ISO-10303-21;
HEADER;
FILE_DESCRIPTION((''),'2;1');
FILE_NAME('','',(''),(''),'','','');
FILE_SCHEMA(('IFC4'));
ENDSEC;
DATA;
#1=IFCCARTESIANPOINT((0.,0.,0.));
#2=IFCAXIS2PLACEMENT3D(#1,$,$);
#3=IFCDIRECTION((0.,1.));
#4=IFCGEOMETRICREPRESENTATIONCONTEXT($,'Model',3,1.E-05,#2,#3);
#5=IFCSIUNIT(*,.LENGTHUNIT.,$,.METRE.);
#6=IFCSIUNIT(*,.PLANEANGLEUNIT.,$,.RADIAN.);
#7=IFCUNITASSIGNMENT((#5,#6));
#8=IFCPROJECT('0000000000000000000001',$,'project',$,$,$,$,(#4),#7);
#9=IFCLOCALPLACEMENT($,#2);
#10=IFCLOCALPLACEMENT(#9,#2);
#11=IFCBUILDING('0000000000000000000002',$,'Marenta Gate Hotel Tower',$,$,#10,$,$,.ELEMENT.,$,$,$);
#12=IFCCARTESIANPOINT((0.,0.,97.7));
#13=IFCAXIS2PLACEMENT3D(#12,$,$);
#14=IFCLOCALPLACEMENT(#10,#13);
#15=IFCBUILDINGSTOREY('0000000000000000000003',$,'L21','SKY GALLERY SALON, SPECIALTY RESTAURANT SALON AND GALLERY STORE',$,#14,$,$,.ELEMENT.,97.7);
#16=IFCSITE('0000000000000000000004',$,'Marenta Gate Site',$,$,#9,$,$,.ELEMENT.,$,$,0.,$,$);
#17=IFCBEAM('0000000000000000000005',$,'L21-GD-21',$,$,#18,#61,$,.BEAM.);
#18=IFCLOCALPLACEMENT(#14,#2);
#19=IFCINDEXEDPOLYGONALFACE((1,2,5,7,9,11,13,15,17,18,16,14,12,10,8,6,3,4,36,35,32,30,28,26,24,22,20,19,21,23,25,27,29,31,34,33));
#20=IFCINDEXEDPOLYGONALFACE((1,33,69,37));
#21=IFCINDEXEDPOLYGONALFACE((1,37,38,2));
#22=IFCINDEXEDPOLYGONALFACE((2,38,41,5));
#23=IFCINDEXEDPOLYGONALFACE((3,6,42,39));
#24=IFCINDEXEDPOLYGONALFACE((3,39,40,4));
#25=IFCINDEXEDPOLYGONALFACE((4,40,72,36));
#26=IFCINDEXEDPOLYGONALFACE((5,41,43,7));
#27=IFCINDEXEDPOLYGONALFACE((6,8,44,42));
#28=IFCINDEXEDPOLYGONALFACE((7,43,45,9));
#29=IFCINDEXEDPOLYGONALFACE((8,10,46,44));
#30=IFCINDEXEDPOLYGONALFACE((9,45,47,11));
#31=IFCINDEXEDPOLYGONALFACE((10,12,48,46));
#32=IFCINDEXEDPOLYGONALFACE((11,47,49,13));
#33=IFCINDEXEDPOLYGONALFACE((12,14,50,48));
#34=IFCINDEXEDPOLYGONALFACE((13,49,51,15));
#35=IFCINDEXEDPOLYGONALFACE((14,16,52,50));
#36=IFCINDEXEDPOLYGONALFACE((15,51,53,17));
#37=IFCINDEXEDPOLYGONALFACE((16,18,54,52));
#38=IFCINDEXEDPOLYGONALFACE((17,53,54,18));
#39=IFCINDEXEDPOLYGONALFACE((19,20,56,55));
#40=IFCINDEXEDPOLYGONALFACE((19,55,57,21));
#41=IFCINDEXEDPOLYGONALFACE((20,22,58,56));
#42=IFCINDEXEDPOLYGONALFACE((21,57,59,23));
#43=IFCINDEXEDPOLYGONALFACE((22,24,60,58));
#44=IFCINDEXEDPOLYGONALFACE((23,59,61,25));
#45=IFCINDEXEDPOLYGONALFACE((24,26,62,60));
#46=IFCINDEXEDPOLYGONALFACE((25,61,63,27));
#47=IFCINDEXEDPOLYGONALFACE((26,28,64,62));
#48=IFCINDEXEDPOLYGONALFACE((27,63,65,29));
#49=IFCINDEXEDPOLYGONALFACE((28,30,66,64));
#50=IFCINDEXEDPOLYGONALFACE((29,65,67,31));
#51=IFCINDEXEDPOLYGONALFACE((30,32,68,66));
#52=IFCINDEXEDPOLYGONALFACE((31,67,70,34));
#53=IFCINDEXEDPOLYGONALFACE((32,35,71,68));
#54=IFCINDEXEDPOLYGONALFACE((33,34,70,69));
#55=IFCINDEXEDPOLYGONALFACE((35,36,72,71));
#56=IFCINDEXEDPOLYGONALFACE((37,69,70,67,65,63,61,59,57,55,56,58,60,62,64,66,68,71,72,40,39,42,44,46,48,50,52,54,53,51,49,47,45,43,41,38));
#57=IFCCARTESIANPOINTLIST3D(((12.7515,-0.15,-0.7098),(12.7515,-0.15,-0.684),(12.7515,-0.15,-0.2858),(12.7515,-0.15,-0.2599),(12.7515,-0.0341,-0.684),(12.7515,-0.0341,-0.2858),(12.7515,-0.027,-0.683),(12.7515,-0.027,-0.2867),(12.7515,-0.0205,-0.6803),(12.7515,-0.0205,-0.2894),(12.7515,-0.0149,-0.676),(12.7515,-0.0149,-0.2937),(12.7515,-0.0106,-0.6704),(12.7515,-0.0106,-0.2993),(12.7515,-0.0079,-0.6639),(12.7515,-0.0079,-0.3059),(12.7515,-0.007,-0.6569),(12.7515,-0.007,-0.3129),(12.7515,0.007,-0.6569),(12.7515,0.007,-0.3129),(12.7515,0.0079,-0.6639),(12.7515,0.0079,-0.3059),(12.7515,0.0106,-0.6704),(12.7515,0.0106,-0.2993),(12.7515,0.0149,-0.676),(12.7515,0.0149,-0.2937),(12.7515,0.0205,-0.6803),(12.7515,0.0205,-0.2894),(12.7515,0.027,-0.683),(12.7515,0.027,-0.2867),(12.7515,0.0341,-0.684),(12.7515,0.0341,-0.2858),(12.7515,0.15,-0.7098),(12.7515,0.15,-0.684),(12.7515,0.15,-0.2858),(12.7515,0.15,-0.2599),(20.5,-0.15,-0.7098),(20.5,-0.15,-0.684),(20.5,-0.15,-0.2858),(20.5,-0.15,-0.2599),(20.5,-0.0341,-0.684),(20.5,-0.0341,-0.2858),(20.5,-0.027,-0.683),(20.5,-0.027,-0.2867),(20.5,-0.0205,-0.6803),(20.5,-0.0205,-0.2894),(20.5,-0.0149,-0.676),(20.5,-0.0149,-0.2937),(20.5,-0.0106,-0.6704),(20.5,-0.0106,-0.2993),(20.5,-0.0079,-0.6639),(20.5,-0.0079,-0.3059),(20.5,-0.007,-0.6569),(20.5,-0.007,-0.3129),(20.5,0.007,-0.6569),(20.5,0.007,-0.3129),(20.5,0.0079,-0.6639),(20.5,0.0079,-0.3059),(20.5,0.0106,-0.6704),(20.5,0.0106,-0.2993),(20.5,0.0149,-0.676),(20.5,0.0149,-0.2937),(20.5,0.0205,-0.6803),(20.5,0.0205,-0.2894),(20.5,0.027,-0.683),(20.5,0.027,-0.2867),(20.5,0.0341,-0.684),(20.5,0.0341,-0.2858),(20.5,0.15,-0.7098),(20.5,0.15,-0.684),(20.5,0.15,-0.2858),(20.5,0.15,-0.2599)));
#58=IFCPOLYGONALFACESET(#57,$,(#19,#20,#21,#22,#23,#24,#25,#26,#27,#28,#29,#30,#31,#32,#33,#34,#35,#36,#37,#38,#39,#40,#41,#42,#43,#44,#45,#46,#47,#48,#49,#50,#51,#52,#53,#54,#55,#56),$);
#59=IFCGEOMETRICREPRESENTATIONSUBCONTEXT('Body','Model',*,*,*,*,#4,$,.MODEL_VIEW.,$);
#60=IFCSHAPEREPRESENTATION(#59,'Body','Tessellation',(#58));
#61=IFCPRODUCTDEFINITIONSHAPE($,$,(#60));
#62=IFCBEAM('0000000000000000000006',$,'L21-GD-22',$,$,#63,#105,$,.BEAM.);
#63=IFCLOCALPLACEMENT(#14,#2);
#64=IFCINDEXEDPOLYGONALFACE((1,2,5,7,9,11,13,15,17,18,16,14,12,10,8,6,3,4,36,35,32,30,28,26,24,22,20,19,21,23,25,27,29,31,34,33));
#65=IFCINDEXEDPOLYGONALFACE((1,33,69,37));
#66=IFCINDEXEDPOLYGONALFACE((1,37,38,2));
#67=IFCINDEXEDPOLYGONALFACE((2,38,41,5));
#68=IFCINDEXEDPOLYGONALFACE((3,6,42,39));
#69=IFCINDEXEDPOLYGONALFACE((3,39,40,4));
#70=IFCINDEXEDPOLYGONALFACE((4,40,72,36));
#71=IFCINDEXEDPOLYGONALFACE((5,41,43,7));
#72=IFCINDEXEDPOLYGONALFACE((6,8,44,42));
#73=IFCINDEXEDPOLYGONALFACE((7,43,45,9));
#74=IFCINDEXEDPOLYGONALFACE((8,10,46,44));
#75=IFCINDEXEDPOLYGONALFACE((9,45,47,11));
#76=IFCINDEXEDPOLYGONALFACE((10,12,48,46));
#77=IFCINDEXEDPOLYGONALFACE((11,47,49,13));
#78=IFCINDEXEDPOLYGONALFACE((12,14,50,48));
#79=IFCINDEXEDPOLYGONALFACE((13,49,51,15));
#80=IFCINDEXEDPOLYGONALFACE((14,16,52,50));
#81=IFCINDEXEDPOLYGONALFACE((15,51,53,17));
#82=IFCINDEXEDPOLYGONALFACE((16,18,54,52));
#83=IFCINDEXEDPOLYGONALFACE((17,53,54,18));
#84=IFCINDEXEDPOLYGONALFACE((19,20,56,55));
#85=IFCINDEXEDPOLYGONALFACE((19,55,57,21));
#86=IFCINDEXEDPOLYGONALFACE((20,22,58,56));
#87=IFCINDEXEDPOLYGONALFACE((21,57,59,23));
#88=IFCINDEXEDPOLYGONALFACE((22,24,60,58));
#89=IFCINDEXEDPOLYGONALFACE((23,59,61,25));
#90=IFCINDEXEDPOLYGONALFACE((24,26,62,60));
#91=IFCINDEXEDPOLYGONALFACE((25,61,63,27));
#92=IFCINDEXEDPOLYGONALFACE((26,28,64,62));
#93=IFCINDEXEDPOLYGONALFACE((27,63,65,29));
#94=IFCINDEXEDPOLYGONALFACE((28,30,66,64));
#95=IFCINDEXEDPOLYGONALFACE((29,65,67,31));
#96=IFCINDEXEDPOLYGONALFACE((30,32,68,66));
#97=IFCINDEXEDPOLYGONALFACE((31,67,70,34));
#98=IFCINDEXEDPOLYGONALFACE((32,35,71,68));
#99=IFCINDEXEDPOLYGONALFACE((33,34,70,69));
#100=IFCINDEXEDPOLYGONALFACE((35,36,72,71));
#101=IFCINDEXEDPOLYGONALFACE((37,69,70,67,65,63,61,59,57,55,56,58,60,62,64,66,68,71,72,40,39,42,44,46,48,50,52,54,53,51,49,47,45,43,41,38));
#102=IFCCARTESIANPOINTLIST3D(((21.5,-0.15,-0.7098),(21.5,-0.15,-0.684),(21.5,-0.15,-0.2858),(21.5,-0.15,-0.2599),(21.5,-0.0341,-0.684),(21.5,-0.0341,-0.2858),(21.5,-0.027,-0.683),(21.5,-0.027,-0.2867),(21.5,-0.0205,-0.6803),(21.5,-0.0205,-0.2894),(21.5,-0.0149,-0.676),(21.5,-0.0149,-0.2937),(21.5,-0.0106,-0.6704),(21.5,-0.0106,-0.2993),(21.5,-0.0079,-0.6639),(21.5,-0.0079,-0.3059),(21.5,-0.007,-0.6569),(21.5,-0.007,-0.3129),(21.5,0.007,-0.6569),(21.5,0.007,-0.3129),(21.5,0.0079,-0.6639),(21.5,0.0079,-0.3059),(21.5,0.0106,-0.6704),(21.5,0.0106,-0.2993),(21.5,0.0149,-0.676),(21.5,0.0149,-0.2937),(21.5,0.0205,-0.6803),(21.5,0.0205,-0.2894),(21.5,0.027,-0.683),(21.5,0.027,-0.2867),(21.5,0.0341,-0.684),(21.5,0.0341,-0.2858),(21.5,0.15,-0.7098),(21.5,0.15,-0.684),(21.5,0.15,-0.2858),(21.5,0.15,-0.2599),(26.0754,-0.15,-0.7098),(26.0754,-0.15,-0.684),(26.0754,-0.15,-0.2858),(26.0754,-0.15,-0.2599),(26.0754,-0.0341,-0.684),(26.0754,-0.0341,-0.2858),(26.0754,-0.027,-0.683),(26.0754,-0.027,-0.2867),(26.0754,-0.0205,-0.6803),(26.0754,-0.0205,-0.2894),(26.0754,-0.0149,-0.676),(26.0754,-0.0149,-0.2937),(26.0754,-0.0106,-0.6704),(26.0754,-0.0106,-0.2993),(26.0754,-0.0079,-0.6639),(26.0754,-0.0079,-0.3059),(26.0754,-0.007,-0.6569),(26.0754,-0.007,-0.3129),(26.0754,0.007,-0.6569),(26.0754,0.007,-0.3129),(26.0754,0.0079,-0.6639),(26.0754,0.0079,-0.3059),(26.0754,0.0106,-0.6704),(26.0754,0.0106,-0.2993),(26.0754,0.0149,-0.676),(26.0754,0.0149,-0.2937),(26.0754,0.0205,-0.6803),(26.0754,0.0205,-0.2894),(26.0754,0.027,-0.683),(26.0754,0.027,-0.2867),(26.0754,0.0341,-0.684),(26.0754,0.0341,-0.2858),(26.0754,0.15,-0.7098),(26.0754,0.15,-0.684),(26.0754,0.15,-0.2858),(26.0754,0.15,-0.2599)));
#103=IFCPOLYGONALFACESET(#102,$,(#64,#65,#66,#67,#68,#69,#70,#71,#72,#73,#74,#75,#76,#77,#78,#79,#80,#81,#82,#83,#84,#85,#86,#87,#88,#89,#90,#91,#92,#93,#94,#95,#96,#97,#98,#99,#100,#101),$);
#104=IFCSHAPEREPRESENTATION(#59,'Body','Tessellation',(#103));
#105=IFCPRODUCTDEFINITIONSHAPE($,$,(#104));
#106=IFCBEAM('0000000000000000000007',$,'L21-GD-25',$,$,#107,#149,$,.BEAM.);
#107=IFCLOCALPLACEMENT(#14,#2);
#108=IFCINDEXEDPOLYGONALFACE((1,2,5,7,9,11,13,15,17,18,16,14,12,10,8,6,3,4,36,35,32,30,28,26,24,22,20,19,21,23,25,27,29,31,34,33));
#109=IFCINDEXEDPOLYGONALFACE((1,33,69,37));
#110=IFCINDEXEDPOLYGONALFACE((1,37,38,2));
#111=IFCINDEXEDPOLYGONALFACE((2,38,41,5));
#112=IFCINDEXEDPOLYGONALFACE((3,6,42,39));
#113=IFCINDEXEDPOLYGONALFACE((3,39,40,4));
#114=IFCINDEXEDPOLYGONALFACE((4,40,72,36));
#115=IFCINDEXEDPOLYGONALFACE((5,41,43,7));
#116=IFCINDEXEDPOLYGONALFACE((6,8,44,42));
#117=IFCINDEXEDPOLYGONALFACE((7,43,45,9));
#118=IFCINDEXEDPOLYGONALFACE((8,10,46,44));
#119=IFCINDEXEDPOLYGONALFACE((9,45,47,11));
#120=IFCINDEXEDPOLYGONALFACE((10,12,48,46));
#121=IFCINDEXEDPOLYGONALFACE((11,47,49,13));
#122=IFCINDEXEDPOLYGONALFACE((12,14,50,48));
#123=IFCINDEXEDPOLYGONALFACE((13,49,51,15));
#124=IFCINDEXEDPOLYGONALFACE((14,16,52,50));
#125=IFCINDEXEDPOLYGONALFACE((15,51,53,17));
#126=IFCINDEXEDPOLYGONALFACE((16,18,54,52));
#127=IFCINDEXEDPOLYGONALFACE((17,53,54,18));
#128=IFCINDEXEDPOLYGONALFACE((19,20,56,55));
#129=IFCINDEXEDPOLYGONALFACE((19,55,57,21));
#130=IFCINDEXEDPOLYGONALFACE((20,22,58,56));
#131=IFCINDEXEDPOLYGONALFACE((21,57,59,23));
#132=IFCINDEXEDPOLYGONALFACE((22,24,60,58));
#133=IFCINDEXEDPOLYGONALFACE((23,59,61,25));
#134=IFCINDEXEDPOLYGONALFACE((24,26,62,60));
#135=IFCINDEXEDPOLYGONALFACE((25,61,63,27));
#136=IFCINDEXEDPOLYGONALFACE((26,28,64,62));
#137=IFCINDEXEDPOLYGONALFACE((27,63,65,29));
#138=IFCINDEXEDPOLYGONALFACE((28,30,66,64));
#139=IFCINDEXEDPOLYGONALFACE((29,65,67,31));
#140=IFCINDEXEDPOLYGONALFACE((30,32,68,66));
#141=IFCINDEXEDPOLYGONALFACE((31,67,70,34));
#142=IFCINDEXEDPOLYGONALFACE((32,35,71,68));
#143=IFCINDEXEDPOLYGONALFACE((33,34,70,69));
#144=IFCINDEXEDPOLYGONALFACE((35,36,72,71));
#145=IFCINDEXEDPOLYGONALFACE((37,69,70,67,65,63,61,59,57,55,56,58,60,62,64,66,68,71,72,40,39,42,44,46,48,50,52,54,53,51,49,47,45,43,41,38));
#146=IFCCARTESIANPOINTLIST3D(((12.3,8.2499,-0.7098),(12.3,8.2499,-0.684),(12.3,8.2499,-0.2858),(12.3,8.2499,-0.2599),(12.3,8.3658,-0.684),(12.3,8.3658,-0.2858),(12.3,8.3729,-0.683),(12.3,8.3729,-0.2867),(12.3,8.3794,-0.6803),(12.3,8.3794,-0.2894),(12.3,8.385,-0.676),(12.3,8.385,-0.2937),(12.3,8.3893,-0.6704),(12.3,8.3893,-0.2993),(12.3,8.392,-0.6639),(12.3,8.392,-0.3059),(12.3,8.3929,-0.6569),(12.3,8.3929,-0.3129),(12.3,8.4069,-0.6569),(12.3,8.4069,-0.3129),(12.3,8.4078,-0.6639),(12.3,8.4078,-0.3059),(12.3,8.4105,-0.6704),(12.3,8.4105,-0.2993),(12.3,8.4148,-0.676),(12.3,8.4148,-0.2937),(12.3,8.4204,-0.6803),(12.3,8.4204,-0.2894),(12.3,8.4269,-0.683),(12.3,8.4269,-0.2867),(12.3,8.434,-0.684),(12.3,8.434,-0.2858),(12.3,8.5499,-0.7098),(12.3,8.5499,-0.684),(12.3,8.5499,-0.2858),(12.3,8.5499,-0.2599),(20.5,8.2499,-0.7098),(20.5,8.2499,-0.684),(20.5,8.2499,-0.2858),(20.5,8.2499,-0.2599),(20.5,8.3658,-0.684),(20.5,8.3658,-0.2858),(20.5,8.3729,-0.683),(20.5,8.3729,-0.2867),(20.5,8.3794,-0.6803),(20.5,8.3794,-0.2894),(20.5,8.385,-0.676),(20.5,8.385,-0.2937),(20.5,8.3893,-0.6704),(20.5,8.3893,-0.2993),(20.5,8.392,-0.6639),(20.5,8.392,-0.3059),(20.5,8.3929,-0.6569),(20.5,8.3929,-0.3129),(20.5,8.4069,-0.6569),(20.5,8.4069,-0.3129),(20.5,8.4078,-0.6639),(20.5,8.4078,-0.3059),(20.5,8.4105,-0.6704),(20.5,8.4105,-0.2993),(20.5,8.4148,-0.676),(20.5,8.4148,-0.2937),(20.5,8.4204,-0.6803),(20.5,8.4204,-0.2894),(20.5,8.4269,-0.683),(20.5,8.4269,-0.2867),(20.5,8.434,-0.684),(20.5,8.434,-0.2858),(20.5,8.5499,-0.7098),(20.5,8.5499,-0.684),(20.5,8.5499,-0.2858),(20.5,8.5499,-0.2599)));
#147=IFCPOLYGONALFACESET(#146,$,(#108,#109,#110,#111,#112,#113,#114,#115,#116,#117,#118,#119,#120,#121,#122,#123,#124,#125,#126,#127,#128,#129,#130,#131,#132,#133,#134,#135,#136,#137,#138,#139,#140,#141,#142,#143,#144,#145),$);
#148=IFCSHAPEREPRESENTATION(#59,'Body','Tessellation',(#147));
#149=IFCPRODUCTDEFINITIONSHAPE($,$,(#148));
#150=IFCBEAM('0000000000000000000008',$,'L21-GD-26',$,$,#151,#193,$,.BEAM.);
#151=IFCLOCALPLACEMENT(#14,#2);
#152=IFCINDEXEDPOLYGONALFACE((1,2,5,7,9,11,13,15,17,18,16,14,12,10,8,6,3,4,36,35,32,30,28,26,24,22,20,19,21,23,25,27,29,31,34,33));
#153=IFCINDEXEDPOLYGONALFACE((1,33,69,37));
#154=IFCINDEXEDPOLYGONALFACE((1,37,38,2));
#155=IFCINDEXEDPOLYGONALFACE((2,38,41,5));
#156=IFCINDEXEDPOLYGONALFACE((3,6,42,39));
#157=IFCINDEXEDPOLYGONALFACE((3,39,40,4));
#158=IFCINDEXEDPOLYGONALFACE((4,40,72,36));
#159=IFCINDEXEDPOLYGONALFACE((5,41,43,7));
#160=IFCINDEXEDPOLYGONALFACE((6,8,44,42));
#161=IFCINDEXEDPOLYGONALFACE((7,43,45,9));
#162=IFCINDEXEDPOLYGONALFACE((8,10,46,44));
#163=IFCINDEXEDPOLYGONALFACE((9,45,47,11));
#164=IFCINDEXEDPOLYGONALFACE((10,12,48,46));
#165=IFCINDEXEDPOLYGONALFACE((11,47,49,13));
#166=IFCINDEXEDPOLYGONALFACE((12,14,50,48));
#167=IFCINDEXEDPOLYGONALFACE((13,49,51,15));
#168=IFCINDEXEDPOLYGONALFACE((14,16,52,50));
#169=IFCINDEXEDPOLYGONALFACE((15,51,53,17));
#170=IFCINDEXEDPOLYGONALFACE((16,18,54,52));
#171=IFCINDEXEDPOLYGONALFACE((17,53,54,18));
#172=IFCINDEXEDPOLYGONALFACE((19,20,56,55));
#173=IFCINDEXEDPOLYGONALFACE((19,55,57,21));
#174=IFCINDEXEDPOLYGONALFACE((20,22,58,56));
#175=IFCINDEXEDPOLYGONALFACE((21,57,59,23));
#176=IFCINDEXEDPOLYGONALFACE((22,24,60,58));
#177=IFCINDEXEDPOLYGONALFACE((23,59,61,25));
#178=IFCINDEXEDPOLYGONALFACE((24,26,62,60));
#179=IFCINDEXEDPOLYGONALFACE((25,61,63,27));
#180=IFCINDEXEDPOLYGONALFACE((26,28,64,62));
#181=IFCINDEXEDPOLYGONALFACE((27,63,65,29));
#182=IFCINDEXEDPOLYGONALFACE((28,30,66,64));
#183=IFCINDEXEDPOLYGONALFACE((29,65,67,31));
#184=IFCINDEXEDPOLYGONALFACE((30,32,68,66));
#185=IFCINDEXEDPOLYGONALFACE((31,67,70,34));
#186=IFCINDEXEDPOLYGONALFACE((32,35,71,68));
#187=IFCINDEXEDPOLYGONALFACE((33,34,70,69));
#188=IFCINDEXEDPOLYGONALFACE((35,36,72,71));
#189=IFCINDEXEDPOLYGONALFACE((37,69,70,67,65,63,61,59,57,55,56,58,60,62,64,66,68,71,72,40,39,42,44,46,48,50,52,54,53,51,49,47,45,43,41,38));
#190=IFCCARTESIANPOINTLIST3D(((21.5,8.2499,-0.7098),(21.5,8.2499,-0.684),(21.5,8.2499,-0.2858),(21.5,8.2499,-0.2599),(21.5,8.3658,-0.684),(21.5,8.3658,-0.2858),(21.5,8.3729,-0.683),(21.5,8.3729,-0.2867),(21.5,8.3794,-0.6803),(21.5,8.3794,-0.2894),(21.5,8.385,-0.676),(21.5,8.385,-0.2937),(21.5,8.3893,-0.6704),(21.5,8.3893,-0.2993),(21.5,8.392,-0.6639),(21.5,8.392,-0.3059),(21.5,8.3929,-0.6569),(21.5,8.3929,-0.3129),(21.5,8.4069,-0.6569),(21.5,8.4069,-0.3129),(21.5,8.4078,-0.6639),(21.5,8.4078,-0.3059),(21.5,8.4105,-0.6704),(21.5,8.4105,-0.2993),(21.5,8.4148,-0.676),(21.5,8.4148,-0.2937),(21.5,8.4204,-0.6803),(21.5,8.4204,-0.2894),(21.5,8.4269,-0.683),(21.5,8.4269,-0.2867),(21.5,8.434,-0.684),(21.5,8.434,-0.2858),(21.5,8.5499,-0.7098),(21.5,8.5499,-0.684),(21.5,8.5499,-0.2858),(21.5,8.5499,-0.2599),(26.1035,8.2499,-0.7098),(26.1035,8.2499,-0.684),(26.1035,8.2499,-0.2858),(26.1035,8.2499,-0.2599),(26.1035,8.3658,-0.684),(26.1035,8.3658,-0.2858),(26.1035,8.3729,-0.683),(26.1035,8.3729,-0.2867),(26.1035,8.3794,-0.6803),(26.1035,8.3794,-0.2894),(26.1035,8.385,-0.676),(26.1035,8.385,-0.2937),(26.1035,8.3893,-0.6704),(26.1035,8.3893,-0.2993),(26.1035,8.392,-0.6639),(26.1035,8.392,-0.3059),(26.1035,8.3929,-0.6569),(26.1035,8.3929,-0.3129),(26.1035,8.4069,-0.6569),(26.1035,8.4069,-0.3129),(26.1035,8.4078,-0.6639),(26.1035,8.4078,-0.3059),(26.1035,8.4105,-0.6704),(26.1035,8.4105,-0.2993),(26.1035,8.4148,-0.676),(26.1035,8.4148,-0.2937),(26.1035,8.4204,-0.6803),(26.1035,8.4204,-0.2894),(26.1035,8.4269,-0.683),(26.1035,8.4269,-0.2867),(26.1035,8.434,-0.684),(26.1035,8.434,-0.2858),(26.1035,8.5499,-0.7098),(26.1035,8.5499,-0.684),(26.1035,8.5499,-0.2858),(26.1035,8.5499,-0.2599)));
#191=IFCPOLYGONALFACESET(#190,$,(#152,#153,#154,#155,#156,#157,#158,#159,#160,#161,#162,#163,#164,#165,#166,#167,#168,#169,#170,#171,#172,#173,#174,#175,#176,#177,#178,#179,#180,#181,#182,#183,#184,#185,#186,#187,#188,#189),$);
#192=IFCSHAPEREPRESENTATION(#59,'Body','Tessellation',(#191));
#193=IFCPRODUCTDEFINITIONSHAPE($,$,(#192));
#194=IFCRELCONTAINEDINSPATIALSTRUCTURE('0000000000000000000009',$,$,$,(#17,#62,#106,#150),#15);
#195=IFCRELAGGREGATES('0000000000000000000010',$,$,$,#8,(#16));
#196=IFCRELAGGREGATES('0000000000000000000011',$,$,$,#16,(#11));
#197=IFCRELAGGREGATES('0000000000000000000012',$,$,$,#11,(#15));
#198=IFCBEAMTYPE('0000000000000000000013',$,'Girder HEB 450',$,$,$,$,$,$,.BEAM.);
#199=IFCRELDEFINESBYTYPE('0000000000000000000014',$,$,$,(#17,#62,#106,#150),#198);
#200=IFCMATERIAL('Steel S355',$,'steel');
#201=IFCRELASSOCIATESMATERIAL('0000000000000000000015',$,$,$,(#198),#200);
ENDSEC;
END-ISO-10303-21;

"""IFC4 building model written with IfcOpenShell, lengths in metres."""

from ifc_helpers import new_model, si_unit, direction, frame, origin, origin_2d, place, context, subcontext, project, spatial, i_section, extrude, material, material_profile, profile_set, type_object, element, save


model = new_model("IFC4")

# Units and contexts
model_context = context("Model", 3, precision=1e-05, world=origin(), true_north=direction((0.0, 1.0)))
body_context = subcontext(model_context, "Body", "Model", "MODEL_VIEW")
ifc_project = project(units=[si_unit("LENGTHUNIT", "METRE"), si_unit("PLANEANGLEUNIT", "RADIAN")], contexts=[model_context])

# Site, building, storey
site_placement = place(None, origin())
site = spatial("IfcSite", under=ifc_project, at=site_placement, Name="Marenta Gate Site", CompositionType="ELEMENT", RefElevation=0.0)
building_placement = place(site_placement, origin())
building = spatial("IfcBuilding", under=site, at=building_placement, Name="Marenta Gate Hotel Tower", CompositionType="ELEMENT")
storey_placement = place(building_placement, frame((0.0, 0.0, 97.7)))
storey = spatial("IfcBuildingStorey", under=building, at=storey_placement, Name="L21", Description="SKY GALLERY SALON, SPECIALTY RESTAURANT SALON AND GALLERY STORE", CompositionType="ELEMENT", Elevation=97.7)

# Beams
ifc_material_1 = material(Name="Steel S355", Category="steel")
ifc_material_profile_1 = material_profile(ifc_material_1, i_section(OverallWidth=0.3, OverallDepth=0.45, WebThickness=0.0139, FlangeThickness=0.0259, FilletRadius=0.0271, at=origin_2d()), Name="HEB 450")
ifc_profile_set_1 = profile_set([ifc_material_profile_1], Name="Steel S355")
beam_type_1 = type_object("IfcBeamType", Name="Girder HEB 450", PredefinedType="BEAM", material=ifc_profile_set_1)
beam_1_placement = place(storey_placement, frame((12.7515, 0.0, -0.4849), z_axis=(1.0, 0.0, 0.0), x_axis=(0.0, 1.0, 0.0)))
element("IfcBeam", 1, at=beam_1_placement, inside=storey, type_object=beam_type_1, Name="L21-GD-21", PredefinedType="BEAM", context=body_context, shape_type="SweptSolid", body=[
    extrude(i_section(OverallWidth=0.3, OverallDepth=0.45, WebThickness=0.0139, FlangeThickness=0.0259, FilletRadius=0.0271, at=origin_2d()), origin(), (0.0, 0.0, 1.0), 7.7485),
])
beam_2_placement = place(storey_placement, frame((21.5, 0.0, -0.4849), z_axis=(1.0, 0.0, 0.0), x_axis=(0.0, 1.0, 0.0)))
element("IfcBeam", 2, at=beam_2_placement, inside=storey, type_object=beam_type_1, Name="L21-GD-22", PredefinedType="BEAM", context=body_context, shape_type="SweptSolid", body=[
    extrude(i_section(OverallWidth=0.3, OverallDepth=0.45, WebThickness=0.0139, FlangeThickness=0.0259, FilletRadius=0.0271, at=origin_2d()), origin(), (0.0, 0.0, 1.0), 4.5754),
])
beam_3_placement = place(storey_placement, frame((12.3, 8.3999, -0.4849), z_axis=(1.0, 0.0, 0.0), x_axis=(0.0, 1.0, 0.0)))
element("IfcBeam", 3, at=beam_3_placement, inside=storey, type_object=beam_type_1, Name="L21-GD-25", PredefinedType="BEAM", context=body_context, shape_type="SweptSolid", body=[
    extrude(i_section(OverallWidth=0.3, OverallDepth=0.45, WebThickness=0.0139, FlangeThickness=0.0259, FilletRadius=0.0271, at=origin_2d()), origin(), (0.0, 0.0, 1.0), 8.2),
])
beam_4_placement = place(storey_placement, frame((21.5, 8.3999, -0.4849), z_axis=(1.0, 0.0, 0.0), x_axis=(0.0, 1.0, 0.0)))
element("IfcBeam", 4, at=beam_4_placement, inside=storey, type_object=beam_type_1, Name="L21-GD-26", PredefinedType="BEAM", context=body_context, shape_type="SweptSolid", body=[
    extrude(i_section(OverallWidth=0.3, OverallDepth=0.45, WebThickness=0.0139, FlangeThickness=0.0259, FilletRadius=0.0271, at=origin_2d()), origin(), (0.0, 0.0, 1.0), 4.6035),
])

save(model, "model.ifc")
